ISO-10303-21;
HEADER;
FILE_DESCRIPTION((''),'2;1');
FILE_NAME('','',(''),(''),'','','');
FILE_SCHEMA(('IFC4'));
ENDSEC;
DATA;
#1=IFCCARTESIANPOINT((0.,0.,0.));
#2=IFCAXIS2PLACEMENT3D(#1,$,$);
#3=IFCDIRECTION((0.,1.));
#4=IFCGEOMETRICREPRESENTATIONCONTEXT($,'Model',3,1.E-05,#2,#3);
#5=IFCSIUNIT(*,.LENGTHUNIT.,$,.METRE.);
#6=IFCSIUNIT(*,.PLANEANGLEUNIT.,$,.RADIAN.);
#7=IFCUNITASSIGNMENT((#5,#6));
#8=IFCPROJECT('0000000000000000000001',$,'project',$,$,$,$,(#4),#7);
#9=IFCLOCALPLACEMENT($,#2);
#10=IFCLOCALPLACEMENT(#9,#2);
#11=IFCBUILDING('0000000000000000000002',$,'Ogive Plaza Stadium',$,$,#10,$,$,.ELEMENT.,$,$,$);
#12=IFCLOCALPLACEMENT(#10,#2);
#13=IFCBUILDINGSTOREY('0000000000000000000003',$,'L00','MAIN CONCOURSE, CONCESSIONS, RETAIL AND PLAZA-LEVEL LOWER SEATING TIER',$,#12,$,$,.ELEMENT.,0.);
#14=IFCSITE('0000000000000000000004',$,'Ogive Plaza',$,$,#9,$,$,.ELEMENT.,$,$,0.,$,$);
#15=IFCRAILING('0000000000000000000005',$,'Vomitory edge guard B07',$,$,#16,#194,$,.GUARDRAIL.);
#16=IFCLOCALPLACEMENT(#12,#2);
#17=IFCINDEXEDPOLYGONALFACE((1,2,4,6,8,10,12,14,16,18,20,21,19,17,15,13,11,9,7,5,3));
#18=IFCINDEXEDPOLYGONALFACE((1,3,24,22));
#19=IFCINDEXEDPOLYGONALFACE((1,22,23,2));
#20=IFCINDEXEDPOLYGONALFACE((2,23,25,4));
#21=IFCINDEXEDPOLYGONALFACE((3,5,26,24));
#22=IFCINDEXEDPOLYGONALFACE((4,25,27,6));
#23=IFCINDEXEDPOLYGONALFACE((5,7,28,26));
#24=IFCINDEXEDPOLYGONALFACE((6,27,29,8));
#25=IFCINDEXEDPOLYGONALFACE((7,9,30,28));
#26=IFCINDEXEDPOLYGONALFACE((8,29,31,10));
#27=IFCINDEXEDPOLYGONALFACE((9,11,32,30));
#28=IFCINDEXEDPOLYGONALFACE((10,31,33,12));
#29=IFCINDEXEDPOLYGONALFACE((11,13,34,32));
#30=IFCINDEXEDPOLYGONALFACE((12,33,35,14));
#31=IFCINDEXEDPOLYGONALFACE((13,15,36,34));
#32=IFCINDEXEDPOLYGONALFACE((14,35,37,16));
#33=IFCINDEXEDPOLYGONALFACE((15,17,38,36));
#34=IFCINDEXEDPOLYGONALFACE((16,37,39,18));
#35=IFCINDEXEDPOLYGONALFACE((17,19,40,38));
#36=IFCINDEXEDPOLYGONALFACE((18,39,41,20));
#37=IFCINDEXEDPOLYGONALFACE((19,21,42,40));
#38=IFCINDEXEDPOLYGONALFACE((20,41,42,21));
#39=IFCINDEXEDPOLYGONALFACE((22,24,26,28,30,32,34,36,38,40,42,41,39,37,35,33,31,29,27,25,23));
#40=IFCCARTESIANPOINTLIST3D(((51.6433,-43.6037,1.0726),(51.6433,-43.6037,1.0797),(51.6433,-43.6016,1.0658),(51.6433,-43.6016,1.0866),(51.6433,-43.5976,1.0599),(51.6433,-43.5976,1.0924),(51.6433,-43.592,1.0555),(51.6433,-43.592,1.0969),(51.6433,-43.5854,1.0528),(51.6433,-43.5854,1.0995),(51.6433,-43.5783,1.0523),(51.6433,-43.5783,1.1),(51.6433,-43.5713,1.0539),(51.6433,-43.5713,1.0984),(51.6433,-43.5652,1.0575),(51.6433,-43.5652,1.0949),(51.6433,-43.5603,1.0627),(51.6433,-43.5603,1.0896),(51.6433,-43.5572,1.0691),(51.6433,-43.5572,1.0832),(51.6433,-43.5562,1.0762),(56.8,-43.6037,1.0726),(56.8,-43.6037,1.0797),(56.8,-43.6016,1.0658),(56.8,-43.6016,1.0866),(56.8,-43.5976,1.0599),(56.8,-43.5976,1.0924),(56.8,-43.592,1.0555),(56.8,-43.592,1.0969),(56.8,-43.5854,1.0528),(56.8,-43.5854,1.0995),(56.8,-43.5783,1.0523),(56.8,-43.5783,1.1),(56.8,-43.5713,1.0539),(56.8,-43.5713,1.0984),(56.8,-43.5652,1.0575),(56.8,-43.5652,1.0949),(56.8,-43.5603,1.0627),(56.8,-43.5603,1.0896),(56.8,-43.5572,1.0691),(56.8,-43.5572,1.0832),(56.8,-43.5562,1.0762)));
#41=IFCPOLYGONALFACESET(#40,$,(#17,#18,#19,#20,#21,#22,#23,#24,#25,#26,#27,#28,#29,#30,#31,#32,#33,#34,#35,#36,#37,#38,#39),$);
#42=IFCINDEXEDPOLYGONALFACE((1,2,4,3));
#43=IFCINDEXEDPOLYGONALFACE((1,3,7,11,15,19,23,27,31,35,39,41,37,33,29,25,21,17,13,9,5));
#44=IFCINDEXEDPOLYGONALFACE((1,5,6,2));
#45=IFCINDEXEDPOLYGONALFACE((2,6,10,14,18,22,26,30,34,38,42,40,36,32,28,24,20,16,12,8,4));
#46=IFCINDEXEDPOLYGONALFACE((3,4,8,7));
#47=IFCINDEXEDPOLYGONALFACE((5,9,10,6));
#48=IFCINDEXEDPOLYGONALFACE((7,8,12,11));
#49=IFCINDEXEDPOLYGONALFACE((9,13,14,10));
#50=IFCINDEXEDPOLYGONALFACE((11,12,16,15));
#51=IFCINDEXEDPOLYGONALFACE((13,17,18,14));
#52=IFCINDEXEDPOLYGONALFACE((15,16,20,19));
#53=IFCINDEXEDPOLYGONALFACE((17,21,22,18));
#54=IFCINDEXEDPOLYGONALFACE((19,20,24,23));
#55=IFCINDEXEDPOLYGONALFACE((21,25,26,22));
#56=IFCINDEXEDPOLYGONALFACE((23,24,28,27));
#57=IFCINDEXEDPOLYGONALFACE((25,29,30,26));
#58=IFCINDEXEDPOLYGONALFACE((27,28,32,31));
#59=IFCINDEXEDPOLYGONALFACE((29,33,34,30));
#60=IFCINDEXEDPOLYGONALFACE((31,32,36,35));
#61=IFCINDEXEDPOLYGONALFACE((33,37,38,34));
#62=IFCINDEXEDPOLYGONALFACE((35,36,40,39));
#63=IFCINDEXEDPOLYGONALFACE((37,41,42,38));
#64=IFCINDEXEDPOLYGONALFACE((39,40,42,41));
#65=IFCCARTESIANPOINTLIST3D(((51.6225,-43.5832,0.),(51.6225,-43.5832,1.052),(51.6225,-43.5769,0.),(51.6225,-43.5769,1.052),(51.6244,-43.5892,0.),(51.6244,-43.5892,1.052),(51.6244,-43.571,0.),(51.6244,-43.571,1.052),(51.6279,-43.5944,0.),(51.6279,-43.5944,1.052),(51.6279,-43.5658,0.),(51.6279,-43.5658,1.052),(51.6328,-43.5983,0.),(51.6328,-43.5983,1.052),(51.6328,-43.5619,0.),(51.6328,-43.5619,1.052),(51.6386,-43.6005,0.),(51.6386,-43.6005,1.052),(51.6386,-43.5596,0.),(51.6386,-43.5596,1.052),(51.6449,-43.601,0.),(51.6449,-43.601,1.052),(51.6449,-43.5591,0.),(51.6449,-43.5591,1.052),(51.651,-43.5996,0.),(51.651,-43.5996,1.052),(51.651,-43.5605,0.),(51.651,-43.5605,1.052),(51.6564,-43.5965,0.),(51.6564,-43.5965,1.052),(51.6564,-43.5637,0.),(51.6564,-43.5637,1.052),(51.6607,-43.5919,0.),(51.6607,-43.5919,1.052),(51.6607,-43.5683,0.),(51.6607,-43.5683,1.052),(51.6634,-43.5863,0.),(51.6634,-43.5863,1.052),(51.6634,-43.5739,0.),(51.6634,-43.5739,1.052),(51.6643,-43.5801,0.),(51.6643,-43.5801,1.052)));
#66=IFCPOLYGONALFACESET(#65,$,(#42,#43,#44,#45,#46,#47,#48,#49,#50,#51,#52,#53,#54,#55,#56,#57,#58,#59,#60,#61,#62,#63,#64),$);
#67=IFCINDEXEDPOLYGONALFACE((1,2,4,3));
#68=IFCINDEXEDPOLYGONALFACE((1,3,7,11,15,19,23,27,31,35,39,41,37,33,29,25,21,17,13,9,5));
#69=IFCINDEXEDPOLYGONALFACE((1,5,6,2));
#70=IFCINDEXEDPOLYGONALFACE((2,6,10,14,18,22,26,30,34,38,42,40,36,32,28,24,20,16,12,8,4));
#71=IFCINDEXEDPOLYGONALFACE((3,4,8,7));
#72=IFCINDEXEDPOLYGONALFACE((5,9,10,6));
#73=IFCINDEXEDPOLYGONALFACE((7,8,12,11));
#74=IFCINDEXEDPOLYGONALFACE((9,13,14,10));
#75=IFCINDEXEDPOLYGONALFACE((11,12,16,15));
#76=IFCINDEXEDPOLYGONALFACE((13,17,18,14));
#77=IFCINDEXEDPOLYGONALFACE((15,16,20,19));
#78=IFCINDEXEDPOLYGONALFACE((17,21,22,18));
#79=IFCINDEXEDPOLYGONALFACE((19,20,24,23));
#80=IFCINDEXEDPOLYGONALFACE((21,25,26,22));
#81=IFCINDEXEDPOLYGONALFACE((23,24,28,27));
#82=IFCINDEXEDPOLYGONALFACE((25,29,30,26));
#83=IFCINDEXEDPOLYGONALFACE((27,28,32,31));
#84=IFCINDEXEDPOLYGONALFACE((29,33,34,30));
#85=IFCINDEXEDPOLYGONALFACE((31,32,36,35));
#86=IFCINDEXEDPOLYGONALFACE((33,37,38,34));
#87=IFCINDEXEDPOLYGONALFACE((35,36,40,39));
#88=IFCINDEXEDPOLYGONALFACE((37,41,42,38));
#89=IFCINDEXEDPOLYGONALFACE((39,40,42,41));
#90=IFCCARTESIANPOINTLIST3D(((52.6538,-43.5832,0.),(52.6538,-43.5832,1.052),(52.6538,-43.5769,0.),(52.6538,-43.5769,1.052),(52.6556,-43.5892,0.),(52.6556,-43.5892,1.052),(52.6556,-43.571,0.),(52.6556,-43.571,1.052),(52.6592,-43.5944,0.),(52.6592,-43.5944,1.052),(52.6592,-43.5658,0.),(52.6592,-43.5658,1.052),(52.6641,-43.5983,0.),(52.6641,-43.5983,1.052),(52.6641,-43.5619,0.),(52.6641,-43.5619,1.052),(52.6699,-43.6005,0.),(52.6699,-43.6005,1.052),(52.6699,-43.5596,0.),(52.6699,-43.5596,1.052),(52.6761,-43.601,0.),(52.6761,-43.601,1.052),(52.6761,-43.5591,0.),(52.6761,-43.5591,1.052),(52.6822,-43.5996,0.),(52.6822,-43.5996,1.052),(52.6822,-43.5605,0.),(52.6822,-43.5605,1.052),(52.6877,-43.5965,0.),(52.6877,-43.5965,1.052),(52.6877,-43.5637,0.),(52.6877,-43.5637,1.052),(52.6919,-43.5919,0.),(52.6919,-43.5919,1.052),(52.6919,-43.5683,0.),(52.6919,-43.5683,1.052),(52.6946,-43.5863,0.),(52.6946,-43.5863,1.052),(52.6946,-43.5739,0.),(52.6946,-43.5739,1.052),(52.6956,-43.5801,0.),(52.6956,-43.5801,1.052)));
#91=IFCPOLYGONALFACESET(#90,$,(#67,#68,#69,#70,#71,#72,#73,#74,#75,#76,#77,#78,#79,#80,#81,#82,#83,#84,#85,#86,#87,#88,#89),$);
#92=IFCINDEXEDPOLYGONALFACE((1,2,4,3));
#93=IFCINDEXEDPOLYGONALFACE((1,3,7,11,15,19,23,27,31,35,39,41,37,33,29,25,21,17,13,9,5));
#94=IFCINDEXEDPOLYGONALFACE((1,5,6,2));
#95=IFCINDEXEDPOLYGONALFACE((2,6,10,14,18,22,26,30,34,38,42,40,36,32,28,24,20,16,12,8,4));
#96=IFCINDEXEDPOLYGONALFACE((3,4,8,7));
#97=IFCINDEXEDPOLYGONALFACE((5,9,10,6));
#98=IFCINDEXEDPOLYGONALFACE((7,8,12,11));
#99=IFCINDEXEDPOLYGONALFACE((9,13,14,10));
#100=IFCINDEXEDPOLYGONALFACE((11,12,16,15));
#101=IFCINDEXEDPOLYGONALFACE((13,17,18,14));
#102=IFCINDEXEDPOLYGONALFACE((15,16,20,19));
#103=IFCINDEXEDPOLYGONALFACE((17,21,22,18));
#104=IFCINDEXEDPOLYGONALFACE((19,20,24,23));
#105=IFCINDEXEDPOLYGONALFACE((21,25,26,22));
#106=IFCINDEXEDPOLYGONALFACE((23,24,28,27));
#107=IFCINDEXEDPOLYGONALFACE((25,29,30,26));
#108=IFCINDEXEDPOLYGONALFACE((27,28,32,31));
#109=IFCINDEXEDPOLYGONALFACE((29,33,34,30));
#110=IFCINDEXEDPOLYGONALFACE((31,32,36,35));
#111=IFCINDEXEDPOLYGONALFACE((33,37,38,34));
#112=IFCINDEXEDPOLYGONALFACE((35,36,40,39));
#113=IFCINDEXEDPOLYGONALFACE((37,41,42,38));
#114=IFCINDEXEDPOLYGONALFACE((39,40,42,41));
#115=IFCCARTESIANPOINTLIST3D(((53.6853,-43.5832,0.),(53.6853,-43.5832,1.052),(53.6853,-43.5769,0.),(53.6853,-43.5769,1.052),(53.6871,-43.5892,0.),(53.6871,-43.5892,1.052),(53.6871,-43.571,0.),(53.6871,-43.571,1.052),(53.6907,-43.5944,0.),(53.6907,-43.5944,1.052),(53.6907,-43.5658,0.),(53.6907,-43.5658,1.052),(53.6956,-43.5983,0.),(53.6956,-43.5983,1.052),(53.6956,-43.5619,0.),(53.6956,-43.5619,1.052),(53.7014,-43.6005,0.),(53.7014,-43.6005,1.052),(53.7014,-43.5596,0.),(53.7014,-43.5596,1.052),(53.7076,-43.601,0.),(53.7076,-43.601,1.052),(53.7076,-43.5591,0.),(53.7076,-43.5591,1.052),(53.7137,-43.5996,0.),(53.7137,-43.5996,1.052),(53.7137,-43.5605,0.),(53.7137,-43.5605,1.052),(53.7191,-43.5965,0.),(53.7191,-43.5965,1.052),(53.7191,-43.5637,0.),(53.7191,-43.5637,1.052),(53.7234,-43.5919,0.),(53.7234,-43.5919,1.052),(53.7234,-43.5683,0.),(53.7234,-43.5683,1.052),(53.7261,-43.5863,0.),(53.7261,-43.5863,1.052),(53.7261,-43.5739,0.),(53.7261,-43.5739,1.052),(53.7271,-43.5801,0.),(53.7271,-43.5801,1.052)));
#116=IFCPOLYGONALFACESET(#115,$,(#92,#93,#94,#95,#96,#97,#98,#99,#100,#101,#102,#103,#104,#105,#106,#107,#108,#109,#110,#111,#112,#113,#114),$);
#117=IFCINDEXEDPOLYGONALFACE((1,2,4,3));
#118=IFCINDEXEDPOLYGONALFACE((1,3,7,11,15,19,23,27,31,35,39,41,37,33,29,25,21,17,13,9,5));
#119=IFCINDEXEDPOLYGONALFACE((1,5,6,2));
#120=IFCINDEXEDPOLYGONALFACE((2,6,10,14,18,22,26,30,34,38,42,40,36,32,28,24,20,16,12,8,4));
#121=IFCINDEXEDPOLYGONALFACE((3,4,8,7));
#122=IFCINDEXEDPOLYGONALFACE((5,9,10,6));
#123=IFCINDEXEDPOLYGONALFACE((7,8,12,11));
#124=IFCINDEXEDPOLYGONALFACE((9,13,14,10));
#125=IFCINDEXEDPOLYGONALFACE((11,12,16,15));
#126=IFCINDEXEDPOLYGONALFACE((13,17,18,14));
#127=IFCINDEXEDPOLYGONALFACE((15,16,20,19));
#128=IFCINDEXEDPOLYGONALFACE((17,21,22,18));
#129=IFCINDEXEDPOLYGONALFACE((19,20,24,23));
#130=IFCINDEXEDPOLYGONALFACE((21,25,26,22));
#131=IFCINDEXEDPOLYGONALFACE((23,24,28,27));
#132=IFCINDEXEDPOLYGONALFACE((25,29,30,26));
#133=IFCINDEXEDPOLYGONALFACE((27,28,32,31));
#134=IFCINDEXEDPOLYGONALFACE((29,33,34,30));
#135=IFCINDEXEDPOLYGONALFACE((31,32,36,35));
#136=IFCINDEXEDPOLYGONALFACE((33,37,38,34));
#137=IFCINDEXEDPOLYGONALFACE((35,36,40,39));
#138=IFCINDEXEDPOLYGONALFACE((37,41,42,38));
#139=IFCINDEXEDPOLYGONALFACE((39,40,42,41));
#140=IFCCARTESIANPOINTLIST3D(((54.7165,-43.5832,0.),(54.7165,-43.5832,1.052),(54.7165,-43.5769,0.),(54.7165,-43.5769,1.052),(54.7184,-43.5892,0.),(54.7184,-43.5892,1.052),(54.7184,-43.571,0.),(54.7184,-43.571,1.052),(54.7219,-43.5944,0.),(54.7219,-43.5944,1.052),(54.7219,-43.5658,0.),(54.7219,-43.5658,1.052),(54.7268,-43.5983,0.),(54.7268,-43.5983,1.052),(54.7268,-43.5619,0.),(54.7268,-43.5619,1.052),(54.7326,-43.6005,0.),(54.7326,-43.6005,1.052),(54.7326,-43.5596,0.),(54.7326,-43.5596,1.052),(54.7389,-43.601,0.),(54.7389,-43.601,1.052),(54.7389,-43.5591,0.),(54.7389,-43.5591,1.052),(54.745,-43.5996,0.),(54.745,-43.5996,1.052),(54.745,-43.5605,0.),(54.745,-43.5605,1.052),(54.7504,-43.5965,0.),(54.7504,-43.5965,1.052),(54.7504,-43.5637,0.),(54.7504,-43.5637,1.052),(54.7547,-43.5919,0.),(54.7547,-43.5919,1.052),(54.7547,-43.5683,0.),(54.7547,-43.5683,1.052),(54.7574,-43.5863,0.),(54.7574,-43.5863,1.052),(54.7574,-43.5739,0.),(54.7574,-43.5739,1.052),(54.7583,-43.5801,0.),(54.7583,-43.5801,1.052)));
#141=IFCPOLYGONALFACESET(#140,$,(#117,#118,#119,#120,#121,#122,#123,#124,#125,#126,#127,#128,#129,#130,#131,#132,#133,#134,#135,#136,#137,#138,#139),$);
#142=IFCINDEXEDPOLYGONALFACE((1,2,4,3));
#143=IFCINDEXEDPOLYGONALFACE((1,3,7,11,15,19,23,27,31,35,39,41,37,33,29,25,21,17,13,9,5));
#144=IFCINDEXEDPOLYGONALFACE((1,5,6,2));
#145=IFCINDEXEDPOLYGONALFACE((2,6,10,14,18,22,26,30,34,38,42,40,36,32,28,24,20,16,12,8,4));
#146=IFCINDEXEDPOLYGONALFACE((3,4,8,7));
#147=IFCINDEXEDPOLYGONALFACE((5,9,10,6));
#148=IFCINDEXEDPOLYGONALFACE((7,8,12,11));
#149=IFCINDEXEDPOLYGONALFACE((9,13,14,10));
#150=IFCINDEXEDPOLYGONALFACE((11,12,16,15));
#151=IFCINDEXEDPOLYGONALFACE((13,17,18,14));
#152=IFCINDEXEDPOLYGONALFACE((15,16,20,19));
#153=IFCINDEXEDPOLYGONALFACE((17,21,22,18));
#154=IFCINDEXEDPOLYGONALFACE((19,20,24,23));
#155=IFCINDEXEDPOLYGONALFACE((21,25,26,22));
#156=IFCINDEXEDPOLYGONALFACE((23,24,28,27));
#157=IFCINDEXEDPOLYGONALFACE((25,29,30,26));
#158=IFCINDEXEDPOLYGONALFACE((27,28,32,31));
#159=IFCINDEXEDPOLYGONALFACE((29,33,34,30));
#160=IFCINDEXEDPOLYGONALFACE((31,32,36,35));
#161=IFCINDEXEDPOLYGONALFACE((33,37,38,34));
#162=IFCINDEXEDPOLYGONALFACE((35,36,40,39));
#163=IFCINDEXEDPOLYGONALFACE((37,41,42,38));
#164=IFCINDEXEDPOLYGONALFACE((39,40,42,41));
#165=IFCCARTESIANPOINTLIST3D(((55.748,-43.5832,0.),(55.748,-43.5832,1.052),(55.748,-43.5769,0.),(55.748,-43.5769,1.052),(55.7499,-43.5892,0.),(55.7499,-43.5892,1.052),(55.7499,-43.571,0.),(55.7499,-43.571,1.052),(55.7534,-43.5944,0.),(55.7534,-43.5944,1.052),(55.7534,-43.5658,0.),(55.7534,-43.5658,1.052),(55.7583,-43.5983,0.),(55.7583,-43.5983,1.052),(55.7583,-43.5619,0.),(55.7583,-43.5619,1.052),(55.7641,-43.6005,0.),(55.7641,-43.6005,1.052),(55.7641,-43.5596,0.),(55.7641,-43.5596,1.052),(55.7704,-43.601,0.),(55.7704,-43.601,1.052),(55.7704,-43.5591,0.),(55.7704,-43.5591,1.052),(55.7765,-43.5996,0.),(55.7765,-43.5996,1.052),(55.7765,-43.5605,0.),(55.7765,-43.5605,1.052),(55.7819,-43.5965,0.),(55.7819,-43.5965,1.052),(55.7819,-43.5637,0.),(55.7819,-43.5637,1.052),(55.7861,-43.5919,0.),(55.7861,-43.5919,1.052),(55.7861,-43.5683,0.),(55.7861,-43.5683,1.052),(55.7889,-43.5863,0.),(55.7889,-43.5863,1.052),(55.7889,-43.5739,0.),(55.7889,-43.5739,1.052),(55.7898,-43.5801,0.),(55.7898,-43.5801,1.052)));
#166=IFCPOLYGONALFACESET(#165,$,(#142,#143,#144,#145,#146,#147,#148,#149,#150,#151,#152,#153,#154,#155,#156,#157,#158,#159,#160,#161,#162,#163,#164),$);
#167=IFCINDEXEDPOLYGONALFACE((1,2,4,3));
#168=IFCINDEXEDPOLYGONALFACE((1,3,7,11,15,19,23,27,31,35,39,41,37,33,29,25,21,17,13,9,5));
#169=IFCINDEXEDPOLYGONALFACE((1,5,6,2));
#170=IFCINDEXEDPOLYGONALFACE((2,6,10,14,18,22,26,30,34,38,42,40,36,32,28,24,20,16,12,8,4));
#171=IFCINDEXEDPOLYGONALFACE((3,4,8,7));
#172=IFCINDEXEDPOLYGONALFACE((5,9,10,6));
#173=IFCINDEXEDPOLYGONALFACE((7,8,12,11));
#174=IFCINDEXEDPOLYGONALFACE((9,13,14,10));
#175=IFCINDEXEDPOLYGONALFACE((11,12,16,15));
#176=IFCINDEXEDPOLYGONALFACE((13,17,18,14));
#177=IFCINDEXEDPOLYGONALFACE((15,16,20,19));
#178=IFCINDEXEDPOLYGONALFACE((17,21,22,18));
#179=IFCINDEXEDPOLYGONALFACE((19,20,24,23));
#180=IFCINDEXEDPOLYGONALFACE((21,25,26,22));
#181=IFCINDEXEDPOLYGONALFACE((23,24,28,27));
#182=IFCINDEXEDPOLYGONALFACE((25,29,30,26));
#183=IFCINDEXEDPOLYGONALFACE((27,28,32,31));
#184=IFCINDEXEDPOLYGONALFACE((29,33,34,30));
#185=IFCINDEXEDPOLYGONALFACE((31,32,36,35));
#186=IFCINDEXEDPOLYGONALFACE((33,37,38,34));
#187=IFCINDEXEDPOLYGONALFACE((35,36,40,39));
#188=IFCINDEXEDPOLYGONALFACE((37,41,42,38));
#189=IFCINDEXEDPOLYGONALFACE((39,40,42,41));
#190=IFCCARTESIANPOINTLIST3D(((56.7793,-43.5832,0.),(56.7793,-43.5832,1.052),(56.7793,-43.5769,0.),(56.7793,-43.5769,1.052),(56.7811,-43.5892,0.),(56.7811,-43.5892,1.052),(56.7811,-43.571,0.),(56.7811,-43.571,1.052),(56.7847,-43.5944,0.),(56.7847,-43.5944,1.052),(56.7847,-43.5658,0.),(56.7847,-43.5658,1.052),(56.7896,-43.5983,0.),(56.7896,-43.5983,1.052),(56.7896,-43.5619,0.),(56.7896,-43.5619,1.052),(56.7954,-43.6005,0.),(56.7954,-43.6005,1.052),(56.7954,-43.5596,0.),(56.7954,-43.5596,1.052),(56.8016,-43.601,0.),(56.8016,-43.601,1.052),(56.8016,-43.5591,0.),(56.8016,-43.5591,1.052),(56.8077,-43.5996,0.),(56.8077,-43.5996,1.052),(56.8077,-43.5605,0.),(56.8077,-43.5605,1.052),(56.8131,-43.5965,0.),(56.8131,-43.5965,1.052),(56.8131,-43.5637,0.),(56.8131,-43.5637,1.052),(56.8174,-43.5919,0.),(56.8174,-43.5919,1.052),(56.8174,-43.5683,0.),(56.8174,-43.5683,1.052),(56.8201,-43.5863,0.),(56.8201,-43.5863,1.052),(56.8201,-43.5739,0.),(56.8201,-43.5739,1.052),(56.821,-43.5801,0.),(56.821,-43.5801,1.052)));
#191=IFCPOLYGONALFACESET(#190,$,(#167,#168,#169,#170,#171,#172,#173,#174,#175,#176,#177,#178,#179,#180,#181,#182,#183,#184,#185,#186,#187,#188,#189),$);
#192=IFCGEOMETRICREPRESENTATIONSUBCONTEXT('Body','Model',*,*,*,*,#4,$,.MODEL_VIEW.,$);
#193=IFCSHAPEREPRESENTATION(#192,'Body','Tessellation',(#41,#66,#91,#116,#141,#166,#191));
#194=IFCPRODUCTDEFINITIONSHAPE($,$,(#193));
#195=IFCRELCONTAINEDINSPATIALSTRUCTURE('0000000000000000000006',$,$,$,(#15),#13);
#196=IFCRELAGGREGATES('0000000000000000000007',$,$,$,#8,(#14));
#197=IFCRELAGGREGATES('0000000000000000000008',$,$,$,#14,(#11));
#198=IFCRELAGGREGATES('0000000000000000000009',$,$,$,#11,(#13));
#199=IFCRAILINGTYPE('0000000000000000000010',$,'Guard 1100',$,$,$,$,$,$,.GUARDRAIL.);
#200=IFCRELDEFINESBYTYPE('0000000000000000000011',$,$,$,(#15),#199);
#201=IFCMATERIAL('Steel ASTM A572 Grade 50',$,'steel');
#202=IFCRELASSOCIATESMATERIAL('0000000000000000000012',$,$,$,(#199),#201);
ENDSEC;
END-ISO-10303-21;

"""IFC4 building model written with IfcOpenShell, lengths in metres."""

from ifc_helpers import new_model, si_unit, direction, frame, origin, origin_2d, place, context, subcontext, project, spatial, circle, extrude, material, type_object, element, save


model = new_model("IFC4")

# Units and contexts
model_context = context("Model", 3, precision=1e-05, world=origin(), true_north=direction((0.0, 1.0)))
body_context = subcontext(model_context, "Body", "Model", "MODEL_VIEW")
ifc_project = project(units=[si_unit("LENGTHUNIT", "METRE"), si_unit("PLANEANGLEUNIT", "RADIAN")], contexts=[model_context])

# Site, building, storey
site_placement = place(None, origin())
site = spatial("IfcSite", under=ifc_project, at=site_placement, Name="Ogive Plaza", CompositionType="ELEMENT", RefElevation=0.0)
building_placement = place(site_placement, origin())
building = spatial("IfcBuilding", under=site, at=building_placement, Name="Ogive Plaza Stadium", CompositionType="ELEMENT")
storey_placement = place(building_placement, origin())
storey = spatial("IfcBuildingStorey", under=building, at=storey_placement, Name="L00", Description="MAIN CONCOURSE, CONCESSIONS, RETAIL AND PLAZA-LEVEL LOWER SEATING TIER", CompositionType="ELEMENT", Elevation=0.0)

# Railing
ifc_material_1 = material(Name="Steel ASTM A572 Grade 50", Category="steel")
railing_type = type_object("IfcRailingType", Name="Guard 1100", PredefinedType="GUARDRAIL", material=ifc_material_1)
for number, where, name in (
    (1, (51.6433, -43.5801, 0.0), "Vomitory edge guard B07"),
):
    element("IfcRailing", number, at=place(storey_placement, frame(where)), inside=storey, type_object=railing_type, Name=name, PredefinedType="GUARDRAIL", context=body_context, shape_type="SweptSolid", body=[
        extrude(circle(Radius=0.0239, at=origin_2d()), frame((0.0, 0.0, 1.0762), z_axis=(1.0, 0.0, 0.0), x_axis=(0.0, 1.0, 0.0)), (0.0, 0.0, 1.0), 5.1567),
        extrude(circle(Radius=0.021, at=origin_2d()), origin(), (0.0, 0.0, 1.0), 1.052),
        extrude(circle(Radius=0.021, at=origin_2d()), frame((1.0312, 0.0, 0.0)), (0.0, 0.0, 1.0), 1.052),
        extrude(circle(Radius=0.021, at=origin_2d()), frame((2.0627, 0.0, 0.0)), (0.0, 0.0, 1.0), 1.052),
        extrude(circle(Radius=0.021, at=origin_2d()), frame((3.094, 0.0, 0.0)), (0.0, 0.0, 1.0), 1.052),
        extrude(circle(Radius=0.021, at=origin_2d()), frame((4.1255, 0.0, 0.0)), (0.0, 0.0, 1.0), 1.052),
        extrude(circle(Radius=0.021, at=origin_2d()), frame((5.1567, 0.0, 0.0)), (0.0, 0.0, 1.0), 1.052),
    ])

save(model, "model.ifc")
